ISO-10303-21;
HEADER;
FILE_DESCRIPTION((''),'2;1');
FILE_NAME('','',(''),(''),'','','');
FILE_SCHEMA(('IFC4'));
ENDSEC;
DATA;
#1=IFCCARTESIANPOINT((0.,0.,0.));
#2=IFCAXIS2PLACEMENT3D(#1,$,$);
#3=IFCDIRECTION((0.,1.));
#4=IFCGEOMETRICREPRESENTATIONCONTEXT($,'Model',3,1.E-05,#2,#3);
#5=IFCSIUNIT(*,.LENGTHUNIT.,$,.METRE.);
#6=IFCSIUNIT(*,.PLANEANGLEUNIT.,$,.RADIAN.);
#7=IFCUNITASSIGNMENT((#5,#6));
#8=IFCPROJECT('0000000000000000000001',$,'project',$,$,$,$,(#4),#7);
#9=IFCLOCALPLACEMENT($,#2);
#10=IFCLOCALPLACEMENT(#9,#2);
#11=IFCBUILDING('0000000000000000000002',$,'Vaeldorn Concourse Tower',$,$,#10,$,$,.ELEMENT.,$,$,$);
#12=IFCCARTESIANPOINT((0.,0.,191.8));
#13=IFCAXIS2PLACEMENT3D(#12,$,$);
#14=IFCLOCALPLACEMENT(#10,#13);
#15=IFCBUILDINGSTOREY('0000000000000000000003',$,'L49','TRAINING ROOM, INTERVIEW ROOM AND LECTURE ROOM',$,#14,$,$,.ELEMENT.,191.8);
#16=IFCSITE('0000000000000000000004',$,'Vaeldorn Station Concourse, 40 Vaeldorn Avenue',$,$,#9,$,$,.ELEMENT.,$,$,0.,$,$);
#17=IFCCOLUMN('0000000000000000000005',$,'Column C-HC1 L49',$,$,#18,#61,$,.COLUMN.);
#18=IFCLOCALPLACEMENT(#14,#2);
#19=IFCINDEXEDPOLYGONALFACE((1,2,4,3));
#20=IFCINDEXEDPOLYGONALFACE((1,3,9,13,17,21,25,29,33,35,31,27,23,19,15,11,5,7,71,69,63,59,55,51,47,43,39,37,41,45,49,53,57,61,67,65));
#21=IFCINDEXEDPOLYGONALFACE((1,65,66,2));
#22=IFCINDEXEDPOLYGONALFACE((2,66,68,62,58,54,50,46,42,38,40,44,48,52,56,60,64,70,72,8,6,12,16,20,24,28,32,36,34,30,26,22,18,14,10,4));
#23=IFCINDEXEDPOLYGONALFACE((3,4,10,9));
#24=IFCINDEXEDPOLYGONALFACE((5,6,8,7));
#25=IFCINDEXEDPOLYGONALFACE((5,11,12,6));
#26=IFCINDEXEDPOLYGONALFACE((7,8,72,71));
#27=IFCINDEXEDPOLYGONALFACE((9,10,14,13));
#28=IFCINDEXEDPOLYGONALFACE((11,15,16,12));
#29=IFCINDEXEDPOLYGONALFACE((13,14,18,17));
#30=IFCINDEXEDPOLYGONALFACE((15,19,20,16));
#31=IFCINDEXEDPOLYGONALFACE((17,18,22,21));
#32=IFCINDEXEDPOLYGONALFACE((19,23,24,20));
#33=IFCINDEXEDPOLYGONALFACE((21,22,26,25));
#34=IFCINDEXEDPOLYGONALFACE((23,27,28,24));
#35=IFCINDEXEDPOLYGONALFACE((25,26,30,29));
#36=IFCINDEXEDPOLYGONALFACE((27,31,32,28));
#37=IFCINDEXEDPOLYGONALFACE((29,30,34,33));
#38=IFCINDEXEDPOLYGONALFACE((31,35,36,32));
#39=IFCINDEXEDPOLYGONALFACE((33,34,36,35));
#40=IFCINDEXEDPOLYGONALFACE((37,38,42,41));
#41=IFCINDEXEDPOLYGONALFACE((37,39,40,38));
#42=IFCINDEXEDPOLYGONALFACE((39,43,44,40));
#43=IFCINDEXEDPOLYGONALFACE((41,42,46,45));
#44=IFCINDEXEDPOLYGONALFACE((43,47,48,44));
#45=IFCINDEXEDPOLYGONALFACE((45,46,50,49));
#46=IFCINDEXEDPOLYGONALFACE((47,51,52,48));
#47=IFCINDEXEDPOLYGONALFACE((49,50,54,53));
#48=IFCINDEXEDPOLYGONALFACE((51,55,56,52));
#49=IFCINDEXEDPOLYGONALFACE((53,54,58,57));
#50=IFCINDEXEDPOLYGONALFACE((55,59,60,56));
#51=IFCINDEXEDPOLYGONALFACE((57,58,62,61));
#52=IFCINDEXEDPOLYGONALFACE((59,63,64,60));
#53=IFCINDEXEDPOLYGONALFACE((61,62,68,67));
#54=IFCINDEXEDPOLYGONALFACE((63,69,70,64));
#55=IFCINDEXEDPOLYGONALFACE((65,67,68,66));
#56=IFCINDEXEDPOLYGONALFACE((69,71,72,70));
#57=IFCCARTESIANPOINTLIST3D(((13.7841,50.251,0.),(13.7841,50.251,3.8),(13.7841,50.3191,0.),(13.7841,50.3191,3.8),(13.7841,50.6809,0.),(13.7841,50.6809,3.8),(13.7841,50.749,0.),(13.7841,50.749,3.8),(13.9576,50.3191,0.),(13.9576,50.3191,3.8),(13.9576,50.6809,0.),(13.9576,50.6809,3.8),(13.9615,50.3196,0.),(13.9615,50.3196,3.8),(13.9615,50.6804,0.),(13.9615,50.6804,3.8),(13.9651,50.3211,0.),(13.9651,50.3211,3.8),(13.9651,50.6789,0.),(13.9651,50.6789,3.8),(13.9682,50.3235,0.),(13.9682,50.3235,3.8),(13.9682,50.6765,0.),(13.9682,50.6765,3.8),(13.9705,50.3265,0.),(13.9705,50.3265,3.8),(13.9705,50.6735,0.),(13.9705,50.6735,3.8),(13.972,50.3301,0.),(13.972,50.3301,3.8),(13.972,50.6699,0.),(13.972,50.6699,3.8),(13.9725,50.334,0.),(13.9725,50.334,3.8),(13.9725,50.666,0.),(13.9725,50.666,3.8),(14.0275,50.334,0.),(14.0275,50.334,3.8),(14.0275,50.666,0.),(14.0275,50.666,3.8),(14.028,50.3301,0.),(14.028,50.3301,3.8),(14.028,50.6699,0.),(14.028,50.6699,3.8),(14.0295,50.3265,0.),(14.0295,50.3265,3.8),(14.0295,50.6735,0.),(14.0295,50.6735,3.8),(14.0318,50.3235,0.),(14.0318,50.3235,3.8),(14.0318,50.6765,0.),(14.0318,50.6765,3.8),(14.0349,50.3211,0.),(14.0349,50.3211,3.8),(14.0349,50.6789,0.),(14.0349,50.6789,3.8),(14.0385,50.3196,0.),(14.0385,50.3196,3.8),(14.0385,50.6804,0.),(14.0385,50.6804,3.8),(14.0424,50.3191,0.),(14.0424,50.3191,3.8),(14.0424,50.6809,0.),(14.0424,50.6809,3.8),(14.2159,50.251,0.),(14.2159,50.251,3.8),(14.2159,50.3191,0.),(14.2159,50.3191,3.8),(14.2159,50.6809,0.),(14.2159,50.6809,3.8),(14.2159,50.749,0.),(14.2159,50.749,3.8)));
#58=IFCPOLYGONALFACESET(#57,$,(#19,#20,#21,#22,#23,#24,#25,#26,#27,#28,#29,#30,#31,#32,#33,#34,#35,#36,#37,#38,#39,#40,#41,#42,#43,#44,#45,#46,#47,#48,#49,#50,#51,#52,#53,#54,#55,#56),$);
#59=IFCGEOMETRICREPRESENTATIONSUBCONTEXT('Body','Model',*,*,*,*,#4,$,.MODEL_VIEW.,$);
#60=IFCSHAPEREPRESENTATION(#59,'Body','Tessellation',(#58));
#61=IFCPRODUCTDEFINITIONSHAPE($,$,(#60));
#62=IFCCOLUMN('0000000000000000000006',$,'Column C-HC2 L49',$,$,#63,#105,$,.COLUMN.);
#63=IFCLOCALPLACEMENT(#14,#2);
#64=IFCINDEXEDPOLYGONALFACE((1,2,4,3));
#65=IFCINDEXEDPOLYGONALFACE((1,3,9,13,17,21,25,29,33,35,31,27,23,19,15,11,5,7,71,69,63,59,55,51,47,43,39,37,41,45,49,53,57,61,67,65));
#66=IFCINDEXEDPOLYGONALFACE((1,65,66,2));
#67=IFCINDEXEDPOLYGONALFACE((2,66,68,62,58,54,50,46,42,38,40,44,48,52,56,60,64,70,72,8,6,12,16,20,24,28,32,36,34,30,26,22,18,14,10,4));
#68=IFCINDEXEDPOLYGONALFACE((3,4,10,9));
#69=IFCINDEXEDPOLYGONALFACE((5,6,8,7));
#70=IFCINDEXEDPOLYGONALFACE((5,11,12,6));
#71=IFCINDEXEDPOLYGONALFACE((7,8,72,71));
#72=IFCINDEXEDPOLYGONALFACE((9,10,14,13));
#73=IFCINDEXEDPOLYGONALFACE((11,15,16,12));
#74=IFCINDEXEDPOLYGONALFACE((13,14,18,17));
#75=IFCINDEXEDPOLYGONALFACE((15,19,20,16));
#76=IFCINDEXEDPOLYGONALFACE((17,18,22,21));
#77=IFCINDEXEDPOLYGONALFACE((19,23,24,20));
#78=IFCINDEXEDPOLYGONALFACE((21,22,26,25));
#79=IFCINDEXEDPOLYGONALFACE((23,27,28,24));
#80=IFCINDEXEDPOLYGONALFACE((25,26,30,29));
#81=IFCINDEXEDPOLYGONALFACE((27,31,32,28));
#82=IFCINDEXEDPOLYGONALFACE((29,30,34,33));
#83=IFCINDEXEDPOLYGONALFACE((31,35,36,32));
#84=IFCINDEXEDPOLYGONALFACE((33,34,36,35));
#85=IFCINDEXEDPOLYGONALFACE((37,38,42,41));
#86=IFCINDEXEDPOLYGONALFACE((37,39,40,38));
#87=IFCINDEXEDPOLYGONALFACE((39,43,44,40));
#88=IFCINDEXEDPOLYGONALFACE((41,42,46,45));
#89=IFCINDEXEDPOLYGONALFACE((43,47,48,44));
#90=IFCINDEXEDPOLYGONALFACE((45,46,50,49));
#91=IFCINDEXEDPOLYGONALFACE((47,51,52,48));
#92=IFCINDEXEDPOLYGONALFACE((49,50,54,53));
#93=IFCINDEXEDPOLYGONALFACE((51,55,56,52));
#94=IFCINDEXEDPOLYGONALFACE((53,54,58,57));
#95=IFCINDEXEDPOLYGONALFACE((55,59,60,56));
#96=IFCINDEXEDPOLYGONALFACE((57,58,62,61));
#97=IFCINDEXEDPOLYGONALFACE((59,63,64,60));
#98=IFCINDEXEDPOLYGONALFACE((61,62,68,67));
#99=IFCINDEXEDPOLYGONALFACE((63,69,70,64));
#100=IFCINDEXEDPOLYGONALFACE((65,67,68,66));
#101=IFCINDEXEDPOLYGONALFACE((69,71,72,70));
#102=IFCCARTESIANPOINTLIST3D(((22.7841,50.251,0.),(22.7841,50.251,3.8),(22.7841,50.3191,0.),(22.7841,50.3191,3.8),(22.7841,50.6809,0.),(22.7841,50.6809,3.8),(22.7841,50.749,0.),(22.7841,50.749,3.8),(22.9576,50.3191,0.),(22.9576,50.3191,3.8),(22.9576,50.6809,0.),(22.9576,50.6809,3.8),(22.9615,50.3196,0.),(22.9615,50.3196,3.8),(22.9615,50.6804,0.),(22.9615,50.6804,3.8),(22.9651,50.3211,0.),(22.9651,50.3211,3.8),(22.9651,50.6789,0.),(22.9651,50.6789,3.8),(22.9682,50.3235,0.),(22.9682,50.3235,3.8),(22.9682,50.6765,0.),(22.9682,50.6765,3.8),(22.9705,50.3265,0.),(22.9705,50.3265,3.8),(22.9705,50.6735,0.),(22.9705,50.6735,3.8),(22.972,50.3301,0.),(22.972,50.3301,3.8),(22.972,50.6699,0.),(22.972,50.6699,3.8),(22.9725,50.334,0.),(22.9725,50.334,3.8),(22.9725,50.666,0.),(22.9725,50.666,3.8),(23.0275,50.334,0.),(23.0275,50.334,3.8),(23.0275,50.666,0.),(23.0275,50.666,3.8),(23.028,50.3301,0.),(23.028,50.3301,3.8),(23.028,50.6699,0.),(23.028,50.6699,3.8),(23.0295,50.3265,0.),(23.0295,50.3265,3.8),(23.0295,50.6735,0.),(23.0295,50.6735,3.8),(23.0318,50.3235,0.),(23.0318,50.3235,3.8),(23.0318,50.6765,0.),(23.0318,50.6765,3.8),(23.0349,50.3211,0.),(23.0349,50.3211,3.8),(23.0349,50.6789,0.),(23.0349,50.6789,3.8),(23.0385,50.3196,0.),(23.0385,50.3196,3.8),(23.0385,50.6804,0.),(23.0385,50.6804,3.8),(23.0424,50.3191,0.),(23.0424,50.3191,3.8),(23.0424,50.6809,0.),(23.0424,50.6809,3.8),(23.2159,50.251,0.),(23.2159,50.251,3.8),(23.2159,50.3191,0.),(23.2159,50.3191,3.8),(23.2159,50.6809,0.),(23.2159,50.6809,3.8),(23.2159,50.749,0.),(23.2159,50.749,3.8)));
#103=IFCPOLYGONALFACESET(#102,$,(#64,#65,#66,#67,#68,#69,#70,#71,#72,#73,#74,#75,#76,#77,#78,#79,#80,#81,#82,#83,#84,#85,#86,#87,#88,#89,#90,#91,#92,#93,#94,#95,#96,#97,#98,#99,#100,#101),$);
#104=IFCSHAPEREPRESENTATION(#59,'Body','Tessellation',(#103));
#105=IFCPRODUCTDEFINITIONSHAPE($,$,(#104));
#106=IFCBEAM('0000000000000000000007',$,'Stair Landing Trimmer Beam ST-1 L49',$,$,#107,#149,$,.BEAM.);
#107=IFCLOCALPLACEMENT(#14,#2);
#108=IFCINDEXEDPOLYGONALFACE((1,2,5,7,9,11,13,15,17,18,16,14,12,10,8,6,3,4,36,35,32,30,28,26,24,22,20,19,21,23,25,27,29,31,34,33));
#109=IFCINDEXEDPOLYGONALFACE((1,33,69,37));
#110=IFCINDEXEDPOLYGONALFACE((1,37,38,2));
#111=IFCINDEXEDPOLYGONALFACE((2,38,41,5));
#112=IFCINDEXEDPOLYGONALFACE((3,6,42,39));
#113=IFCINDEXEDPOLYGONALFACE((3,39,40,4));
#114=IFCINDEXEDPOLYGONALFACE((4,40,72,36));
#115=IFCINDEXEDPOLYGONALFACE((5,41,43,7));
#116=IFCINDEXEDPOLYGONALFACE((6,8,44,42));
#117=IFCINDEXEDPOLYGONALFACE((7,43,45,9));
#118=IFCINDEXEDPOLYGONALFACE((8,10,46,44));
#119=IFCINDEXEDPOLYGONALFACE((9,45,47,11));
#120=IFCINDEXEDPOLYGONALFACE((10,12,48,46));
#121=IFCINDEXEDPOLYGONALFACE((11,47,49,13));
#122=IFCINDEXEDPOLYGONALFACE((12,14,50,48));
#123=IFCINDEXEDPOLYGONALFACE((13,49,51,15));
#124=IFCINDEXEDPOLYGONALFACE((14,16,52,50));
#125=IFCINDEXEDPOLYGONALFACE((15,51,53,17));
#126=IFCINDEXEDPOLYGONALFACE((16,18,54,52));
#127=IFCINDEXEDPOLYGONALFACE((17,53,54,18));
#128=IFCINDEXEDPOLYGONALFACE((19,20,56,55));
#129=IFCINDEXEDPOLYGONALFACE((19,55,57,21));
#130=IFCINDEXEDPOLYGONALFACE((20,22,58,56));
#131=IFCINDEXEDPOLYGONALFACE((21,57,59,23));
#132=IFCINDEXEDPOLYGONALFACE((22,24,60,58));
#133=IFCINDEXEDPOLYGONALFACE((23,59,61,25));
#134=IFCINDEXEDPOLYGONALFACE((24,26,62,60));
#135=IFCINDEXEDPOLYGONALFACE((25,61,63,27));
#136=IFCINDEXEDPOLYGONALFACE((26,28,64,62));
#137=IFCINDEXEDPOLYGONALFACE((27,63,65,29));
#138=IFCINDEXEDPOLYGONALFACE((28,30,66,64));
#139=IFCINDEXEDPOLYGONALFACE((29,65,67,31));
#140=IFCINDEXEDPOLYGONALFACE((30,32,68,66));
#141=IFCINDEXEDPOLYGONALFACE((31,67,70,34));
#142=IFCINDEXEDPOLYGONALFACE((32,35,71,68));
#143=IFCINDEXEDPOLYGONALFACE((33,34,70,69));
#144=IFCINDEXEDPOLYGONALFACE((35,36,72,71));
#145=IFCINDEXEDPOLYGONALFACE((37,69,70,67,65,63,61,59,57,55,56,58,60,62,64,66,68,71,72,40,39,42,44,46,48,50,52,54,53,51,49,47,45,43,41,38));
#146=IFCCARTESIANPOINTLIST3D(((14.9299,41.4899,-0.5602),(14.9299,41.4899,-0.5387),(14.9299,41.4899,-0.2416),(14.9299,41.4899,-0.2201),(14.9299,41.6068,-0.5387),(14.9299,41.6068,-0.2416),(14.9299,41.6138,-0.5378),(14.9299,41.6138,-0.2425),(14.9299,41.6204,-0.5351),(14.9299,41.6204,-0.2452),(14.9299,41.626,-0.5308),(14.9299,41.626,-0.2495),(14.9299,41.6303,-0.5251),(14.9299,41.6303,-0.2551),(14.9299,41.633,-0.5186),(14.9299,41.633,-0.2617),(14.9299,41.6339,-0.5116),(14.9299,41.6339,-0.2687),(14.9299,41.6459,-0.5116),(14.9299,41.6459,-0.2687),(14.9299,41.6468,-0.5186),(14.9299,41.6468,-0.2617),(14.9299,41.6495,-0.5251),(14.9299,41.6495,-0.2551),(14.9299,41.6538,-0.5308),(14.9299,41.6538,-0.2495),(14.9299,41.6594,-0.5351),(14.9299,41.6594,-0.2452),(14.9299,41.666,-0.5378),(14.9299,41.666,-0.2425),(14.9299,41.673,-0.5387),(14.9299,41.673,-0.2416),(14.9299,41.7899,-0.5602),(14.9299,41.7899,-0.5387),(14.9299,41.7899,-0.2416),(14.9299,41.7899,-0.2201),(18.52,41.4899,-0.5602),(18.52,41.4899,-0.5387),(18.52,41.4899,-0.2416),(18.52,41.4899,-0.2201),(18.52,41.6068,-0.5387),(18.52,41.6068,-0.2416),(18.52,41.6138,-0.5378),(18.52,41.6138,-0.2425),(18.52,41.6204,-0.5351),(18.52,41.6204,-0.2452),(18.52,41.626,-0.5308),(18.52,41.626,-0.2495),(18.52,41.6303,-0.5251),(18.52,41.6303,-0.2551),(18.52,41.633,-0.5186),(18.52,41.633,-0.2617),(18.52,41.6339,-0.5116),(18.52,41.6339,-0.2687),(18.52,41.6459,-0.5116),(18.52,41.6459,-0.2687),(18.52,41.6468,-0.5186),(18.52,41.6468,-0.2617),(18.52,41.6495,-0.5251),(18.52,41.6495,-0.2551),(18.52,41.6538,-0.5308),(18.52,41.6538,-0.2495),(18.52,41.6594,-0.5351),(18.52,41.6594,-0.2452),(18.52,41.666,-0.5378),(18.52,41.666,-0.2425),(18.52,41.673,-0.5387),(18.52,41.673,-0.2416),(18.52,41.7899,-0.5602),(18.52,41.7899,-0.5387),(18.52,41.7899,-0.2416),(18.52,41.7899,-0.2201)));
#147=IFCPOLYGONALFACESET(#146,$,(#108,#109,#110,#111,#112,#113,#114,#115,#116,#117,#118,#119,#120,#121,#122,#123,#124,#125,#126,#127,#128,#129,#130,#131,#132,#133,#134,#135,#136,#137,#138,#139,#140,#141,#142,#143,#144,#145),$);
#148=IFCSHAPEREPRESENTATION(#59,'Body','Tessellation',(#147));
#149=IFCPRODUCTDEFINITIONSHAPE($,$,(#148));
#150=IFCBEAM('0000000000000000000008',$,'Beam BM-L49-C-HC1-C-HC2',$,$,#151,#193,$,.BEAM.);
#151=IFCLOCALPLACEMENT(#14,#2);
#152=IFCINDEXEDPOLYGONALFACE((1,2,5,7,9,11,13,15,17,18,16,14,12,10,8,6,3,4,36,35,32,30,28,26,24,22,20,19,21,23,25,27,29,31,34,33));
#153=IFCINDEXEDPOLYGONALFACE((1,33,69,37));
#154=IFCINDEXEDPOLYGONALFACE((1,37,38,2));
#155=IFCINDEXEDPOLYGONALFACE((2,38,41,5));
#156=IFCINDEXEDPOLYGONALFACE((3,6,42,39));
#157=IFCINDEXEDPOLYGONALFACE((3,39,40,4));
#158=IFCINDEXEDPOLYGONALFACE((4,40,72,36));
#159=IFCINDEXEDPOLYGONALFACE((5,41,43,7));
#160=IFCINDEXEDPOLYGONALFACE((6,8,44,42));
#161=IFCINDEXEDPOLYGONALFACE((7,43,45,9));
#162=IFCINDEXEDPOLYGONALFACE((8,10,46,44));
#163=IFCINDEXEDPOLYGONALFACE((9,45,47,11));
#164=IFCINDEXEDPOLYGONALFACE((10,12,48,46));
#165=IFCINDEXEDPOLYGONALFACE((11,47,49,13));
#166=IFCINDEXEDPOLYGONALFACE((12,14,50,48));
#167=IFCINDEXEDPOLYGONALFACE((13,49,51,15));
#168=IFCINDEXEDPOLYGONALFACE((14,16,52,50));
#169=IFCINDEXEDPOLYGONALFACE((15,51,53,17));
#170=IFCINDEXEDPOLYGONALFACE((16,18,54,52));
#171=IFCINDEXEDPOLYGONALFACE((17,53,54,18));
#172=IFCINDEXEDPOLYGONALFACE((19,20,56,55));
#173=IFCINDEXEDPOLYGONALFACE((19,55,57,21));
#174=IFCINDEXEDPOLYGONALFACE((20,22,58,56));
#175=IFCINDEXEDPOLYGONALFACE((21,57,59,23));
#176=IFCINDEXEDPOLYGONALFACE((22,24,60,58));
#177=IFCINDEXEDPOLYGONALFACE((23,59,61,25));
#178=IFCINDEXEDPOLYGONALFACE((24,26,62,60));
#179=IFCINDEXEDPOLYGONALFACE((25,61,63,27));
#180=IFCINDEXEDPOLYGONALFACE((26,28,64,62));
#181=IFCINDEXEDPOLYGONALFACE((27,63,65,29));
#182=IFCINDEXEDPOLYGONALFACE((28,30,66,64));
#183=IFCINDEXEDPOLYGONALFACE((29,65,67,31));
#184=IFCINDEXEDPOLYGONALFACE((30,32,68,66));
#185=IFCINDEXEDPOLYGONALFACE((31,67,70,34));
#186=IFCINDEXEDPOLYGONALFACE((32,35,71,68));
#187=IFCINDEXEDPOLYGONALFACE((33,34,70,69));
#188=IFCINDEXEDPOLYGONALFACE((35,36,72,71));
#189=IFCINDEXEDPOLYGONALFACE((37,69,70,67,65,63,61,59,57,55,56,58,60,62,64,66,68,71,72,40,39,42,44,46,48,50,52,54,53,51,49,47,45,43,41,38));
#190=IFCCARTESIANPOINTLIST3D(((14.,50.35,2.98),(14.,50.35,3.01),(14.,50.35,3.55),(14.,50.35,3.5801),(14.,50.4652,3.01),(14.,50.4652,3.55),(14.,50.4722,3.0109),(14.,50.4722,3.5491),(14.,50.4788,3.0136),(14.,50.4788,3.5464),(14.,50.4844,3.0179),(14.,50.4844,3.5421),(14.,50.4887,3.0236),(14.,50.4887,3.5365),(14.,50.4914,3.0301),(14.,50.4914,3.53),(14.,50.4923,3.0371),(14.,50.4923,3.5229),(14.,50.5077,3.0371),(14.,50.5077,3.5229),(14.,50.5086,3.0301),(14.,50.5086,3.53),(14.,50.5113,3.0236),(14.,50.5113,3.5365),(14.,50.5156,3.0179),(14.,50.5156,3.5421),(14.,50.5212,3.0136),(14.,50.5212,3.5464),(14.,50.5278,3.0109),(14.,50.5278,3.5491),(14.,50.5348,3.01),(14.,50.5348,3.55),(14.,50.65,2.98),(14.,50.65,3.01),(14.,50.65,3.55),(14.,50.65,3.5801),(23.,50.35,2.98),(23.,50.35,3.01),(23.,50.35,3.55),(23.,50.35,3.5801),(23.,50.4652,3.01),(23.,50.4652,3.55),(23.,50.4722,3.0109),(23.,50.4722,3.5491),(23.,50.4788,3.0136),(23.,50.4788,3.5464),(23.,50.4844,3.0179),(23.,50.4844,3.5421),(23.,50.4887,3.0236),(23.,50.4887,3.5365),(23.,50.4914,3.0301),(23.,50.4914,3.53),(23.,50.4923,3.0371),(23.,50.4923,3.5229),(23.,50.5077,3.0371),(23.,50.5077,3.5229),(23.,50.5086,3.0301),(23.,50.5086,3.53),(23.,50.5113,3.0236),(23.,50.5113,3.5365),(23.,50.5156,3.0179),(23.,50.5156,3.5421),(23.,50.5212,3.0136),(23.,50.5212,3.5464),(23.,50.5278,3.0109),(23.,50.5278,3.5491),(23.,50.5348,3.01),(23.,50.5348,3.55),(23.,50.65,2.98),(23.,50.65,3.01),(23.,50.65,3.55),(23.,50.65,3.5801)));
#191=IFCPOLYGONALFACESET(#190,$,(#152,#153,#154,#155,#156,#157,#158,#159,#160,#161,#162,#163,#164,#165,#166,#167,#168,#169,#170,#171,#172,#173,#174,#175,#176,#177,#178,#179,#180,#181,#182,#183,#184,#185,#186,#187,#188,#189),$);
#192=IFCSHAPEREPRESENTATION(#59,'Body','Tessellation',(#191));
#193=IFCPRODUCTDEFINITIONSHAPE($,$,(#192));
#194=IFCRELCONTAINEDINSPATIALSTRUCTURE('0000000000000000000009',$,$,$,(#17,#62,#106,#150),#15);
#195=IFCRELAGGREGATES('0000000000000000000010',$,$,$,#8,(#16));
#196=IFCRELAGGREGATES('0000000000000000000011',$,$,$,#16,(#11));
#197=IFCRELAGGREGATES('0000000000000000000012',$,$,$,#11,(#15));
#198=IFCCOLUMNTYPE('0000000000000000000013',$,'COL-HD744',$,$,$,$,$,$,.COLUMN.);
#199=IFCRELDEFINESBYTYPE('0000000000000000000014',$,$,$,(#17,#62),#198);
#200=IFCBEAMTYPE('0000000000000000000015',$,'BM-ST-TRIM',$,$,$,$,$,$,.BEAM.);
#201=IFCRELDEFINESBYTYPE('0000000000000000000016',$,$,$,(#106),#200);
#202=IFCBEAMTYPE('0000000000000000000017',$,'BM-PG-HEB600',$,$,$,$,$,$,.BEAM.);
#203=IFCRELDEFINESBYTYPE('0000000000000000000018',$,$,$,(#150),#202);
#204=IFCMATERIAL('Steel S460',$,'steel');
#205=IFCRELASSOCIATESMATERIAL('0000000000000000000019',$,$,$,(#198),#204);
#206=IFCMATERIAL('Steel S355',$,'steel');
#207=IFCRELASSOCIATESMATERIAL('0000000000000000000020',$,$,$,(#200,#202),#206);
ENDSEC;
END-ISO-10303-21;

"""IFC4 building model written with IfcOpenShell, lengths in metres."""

from ifc_helpers import new_model, si_unit, direction, frame, origin, origin_2d, place, context, subcontext, project, spatial, i_section, extrude, source, transform, mapped, material, material_profile, profile_set, type_object, element, save


model = new_model("IFC4")

# Units and contexts
model_context = context("Model", 3, precision=1e-05, world=origin(), true_north=direction((0.0, 1.0)))
body_context = subcontext(model_context, "Body", "Model", "MODEL_VIEW")
ifc_project = project(units=[si_unit("LENGTHUNIT", "METRE"), si_unit("PLANEANGLEUNIT", "RADIAN")], contexts=[model_context])

# Site, building, storey
site_placement = place(None, origin())
site = spatial("IfcSite", under=ifc_project, at=site_placement, Name="Vaeldorn Station Concourse, 40 Vaeldorn Avenue", CompositionType="ELEMENT", RefElevation=0.0)
building_placement = place(site_placement, origin())
building = spatial("IfcBuilding", under=site, at=building_placement, Name="Vaeldorn Concourse Tower", CompositionType="ELEMENT")
storey_placement = place(building_placement, frame((0.0, 0.0, 191.8)))
storey = spatial("IfcBuildingStorey", under=building, at=storey_placement, Name="L49", Description="TRAINING ROOM, INTERVIEW ROOM AND LECTURE ROOM", CompositionType="ELEMENT", Elevation=191.8)

# Columns
ifc_material_1 = material(Name="Steel S460", Category="steel")
ifc_material_profile_1 = material_profile(ifc_material_1, i_section(OverallWidth=0.4319, OverallDepth=0.498, WebThickness=0.0549, FlangeThickness=0.0681, FilletRadius=0.0149, at=origin_2d()), Name="HD 400x744")
ifc_profile_set_1 = profile_set([ifc_material_profile_1], Name="Steel S460")
column_type = type_object("IfcColumnType", Name="COL-HD744", PredefinedType="COLUMN", material=ifc_profile_set_1)
shared_shape_1 = source(origin(), body_context, "Body", "SweptSolid", [
    extrude(i_section(OverallWidth=0.4319, OverallDepth=0.498, WebThickness=0.0549, FlangeThickness=0.0681, FilletRadius=0.0149, at=origin_2d()), origin(), (0.0, 0.0, 1.0), 3.8),
])
for number, where, z_axis, x_axis, name in (
    (1, (14.0, 50.5, 0.0), (0.0, 0.0, 1.0), (1.0, 0.0, 0.0), "Column C-HC1 L49"),
    (2, (23.0, 50.5, 0.0), (0.0, 0.0, 1.0), (1.0, 0.0, 0.0), "Column C-HC2 L49"),
):
    element("IfcColumn", number, at=place(storey_placement, frame(where, z_axis=z_axis, x_axis=x_axis)), inside=storey, type_object=column_type, Name=name, PredefinedType="COLUMN", context=body_context, shape_type="MappedRepresentation", body=[
        mapped(shared_shape_1, transform((0.0, 0.0, 0.0), scale=1.0)),
    ])

# Beams
ifc_material_2 = material(Name="Steel S355", Category="steel")
ifc_material_profile_2 = material_profile(ifc_material_2, i_section(OverallWidth=0.3, OverallDepth=0.3401, WebThickness=0.012, FlangeThickness=0.0215, FilletRadius=0.0271, at=origin_2d()), Name="HEB 340")
ifc_profile_set_2 = profile_set([ifc_material_profile_2], Name="Steel S355")
beam_type_1 = type_object("IfcBeamType", Name="BM-ST-TRIM", PredefinedType="BEAM", material=ifc_profile_set_2)
shared_shape_2 = source(origin(), body_context, "Body", "SweptSolid", [
    extrude(i_section(OverallWidth=0.3, OverallDepth=0.3401, WebThickness=0.012, FlangeThickness=0.0215, FilletRadius=0.0271, at=origin_2d()), origin(), (0.0, 0.0, 1.0), 3.5901),
])
beam_1_placement = place(storey_placement, frame((14.9299, 41.6399, -0.3901), z_axis=(1.0, 0.0, 0.0), x_axis=(0.0, 1.0, 0.0)))
element("IfcBeam", 3, at=beam_1_placement, inside=storey, type_object=beam_type_1, Name="Stair Landing Trimmer Beam ST-1 L49", PredefinedType="BEAM", context=body_context, shape_type="MappedRepresentation", body=[
    mapped(shared_shape_2, transform((0.0, 0.0, 0.0), scale=1.0)),
])
ifc_material_profile_3 = material_profile(ifc_material_2, i_section(OverallWidth=0.3, OverallDepth=0.6001, WebThickness=0.0154, FlangeThickness=0.03, FilletRadius=0.0271, at=origin_2d()), Name="HEB 600")
ifc_profile_set_3 = profile_set([ifc_material_profile_3], Name="Steel S355")
beam_type_2 = type_object("IfcBeamType", Name="BM-PG-HEB600", PredefinedType="BEAM", material=ifc_profile_set_3)
shared_shape_3 = source(origin(), body_context, "Body", "SweptSolid", [
    extrude(i_section(OverallWidth=0.3, OverallDepth=0.6001, WebThickness=0.0154, FlangeThickness=0.03, FilletRadius=0.0271, at=origin_2d()), origin(), (0.0, 0.0, 1.0), 9.0),
])
beam_2_placement = place(storey_placement, frame((14.0, 50.5, 3.28), z_axis=(1.0, 0.0, 0.0), x_axis=(0.0, 1.0, 0.0)))
element("IfcBeam", 4, at=beam_2_placement, inside=storey, type_object=beam_type_2, Name="Beam BM-L49-C-HC1-C-HC2", PredefinedType="BEAM", context=body_context, shape_type="MappedRepresentation", body=[
    mapped(shared_shape_3, transform((0.0, 0.0, 0.0), scale=1.0)),
])

save(model, "model.ifc")
